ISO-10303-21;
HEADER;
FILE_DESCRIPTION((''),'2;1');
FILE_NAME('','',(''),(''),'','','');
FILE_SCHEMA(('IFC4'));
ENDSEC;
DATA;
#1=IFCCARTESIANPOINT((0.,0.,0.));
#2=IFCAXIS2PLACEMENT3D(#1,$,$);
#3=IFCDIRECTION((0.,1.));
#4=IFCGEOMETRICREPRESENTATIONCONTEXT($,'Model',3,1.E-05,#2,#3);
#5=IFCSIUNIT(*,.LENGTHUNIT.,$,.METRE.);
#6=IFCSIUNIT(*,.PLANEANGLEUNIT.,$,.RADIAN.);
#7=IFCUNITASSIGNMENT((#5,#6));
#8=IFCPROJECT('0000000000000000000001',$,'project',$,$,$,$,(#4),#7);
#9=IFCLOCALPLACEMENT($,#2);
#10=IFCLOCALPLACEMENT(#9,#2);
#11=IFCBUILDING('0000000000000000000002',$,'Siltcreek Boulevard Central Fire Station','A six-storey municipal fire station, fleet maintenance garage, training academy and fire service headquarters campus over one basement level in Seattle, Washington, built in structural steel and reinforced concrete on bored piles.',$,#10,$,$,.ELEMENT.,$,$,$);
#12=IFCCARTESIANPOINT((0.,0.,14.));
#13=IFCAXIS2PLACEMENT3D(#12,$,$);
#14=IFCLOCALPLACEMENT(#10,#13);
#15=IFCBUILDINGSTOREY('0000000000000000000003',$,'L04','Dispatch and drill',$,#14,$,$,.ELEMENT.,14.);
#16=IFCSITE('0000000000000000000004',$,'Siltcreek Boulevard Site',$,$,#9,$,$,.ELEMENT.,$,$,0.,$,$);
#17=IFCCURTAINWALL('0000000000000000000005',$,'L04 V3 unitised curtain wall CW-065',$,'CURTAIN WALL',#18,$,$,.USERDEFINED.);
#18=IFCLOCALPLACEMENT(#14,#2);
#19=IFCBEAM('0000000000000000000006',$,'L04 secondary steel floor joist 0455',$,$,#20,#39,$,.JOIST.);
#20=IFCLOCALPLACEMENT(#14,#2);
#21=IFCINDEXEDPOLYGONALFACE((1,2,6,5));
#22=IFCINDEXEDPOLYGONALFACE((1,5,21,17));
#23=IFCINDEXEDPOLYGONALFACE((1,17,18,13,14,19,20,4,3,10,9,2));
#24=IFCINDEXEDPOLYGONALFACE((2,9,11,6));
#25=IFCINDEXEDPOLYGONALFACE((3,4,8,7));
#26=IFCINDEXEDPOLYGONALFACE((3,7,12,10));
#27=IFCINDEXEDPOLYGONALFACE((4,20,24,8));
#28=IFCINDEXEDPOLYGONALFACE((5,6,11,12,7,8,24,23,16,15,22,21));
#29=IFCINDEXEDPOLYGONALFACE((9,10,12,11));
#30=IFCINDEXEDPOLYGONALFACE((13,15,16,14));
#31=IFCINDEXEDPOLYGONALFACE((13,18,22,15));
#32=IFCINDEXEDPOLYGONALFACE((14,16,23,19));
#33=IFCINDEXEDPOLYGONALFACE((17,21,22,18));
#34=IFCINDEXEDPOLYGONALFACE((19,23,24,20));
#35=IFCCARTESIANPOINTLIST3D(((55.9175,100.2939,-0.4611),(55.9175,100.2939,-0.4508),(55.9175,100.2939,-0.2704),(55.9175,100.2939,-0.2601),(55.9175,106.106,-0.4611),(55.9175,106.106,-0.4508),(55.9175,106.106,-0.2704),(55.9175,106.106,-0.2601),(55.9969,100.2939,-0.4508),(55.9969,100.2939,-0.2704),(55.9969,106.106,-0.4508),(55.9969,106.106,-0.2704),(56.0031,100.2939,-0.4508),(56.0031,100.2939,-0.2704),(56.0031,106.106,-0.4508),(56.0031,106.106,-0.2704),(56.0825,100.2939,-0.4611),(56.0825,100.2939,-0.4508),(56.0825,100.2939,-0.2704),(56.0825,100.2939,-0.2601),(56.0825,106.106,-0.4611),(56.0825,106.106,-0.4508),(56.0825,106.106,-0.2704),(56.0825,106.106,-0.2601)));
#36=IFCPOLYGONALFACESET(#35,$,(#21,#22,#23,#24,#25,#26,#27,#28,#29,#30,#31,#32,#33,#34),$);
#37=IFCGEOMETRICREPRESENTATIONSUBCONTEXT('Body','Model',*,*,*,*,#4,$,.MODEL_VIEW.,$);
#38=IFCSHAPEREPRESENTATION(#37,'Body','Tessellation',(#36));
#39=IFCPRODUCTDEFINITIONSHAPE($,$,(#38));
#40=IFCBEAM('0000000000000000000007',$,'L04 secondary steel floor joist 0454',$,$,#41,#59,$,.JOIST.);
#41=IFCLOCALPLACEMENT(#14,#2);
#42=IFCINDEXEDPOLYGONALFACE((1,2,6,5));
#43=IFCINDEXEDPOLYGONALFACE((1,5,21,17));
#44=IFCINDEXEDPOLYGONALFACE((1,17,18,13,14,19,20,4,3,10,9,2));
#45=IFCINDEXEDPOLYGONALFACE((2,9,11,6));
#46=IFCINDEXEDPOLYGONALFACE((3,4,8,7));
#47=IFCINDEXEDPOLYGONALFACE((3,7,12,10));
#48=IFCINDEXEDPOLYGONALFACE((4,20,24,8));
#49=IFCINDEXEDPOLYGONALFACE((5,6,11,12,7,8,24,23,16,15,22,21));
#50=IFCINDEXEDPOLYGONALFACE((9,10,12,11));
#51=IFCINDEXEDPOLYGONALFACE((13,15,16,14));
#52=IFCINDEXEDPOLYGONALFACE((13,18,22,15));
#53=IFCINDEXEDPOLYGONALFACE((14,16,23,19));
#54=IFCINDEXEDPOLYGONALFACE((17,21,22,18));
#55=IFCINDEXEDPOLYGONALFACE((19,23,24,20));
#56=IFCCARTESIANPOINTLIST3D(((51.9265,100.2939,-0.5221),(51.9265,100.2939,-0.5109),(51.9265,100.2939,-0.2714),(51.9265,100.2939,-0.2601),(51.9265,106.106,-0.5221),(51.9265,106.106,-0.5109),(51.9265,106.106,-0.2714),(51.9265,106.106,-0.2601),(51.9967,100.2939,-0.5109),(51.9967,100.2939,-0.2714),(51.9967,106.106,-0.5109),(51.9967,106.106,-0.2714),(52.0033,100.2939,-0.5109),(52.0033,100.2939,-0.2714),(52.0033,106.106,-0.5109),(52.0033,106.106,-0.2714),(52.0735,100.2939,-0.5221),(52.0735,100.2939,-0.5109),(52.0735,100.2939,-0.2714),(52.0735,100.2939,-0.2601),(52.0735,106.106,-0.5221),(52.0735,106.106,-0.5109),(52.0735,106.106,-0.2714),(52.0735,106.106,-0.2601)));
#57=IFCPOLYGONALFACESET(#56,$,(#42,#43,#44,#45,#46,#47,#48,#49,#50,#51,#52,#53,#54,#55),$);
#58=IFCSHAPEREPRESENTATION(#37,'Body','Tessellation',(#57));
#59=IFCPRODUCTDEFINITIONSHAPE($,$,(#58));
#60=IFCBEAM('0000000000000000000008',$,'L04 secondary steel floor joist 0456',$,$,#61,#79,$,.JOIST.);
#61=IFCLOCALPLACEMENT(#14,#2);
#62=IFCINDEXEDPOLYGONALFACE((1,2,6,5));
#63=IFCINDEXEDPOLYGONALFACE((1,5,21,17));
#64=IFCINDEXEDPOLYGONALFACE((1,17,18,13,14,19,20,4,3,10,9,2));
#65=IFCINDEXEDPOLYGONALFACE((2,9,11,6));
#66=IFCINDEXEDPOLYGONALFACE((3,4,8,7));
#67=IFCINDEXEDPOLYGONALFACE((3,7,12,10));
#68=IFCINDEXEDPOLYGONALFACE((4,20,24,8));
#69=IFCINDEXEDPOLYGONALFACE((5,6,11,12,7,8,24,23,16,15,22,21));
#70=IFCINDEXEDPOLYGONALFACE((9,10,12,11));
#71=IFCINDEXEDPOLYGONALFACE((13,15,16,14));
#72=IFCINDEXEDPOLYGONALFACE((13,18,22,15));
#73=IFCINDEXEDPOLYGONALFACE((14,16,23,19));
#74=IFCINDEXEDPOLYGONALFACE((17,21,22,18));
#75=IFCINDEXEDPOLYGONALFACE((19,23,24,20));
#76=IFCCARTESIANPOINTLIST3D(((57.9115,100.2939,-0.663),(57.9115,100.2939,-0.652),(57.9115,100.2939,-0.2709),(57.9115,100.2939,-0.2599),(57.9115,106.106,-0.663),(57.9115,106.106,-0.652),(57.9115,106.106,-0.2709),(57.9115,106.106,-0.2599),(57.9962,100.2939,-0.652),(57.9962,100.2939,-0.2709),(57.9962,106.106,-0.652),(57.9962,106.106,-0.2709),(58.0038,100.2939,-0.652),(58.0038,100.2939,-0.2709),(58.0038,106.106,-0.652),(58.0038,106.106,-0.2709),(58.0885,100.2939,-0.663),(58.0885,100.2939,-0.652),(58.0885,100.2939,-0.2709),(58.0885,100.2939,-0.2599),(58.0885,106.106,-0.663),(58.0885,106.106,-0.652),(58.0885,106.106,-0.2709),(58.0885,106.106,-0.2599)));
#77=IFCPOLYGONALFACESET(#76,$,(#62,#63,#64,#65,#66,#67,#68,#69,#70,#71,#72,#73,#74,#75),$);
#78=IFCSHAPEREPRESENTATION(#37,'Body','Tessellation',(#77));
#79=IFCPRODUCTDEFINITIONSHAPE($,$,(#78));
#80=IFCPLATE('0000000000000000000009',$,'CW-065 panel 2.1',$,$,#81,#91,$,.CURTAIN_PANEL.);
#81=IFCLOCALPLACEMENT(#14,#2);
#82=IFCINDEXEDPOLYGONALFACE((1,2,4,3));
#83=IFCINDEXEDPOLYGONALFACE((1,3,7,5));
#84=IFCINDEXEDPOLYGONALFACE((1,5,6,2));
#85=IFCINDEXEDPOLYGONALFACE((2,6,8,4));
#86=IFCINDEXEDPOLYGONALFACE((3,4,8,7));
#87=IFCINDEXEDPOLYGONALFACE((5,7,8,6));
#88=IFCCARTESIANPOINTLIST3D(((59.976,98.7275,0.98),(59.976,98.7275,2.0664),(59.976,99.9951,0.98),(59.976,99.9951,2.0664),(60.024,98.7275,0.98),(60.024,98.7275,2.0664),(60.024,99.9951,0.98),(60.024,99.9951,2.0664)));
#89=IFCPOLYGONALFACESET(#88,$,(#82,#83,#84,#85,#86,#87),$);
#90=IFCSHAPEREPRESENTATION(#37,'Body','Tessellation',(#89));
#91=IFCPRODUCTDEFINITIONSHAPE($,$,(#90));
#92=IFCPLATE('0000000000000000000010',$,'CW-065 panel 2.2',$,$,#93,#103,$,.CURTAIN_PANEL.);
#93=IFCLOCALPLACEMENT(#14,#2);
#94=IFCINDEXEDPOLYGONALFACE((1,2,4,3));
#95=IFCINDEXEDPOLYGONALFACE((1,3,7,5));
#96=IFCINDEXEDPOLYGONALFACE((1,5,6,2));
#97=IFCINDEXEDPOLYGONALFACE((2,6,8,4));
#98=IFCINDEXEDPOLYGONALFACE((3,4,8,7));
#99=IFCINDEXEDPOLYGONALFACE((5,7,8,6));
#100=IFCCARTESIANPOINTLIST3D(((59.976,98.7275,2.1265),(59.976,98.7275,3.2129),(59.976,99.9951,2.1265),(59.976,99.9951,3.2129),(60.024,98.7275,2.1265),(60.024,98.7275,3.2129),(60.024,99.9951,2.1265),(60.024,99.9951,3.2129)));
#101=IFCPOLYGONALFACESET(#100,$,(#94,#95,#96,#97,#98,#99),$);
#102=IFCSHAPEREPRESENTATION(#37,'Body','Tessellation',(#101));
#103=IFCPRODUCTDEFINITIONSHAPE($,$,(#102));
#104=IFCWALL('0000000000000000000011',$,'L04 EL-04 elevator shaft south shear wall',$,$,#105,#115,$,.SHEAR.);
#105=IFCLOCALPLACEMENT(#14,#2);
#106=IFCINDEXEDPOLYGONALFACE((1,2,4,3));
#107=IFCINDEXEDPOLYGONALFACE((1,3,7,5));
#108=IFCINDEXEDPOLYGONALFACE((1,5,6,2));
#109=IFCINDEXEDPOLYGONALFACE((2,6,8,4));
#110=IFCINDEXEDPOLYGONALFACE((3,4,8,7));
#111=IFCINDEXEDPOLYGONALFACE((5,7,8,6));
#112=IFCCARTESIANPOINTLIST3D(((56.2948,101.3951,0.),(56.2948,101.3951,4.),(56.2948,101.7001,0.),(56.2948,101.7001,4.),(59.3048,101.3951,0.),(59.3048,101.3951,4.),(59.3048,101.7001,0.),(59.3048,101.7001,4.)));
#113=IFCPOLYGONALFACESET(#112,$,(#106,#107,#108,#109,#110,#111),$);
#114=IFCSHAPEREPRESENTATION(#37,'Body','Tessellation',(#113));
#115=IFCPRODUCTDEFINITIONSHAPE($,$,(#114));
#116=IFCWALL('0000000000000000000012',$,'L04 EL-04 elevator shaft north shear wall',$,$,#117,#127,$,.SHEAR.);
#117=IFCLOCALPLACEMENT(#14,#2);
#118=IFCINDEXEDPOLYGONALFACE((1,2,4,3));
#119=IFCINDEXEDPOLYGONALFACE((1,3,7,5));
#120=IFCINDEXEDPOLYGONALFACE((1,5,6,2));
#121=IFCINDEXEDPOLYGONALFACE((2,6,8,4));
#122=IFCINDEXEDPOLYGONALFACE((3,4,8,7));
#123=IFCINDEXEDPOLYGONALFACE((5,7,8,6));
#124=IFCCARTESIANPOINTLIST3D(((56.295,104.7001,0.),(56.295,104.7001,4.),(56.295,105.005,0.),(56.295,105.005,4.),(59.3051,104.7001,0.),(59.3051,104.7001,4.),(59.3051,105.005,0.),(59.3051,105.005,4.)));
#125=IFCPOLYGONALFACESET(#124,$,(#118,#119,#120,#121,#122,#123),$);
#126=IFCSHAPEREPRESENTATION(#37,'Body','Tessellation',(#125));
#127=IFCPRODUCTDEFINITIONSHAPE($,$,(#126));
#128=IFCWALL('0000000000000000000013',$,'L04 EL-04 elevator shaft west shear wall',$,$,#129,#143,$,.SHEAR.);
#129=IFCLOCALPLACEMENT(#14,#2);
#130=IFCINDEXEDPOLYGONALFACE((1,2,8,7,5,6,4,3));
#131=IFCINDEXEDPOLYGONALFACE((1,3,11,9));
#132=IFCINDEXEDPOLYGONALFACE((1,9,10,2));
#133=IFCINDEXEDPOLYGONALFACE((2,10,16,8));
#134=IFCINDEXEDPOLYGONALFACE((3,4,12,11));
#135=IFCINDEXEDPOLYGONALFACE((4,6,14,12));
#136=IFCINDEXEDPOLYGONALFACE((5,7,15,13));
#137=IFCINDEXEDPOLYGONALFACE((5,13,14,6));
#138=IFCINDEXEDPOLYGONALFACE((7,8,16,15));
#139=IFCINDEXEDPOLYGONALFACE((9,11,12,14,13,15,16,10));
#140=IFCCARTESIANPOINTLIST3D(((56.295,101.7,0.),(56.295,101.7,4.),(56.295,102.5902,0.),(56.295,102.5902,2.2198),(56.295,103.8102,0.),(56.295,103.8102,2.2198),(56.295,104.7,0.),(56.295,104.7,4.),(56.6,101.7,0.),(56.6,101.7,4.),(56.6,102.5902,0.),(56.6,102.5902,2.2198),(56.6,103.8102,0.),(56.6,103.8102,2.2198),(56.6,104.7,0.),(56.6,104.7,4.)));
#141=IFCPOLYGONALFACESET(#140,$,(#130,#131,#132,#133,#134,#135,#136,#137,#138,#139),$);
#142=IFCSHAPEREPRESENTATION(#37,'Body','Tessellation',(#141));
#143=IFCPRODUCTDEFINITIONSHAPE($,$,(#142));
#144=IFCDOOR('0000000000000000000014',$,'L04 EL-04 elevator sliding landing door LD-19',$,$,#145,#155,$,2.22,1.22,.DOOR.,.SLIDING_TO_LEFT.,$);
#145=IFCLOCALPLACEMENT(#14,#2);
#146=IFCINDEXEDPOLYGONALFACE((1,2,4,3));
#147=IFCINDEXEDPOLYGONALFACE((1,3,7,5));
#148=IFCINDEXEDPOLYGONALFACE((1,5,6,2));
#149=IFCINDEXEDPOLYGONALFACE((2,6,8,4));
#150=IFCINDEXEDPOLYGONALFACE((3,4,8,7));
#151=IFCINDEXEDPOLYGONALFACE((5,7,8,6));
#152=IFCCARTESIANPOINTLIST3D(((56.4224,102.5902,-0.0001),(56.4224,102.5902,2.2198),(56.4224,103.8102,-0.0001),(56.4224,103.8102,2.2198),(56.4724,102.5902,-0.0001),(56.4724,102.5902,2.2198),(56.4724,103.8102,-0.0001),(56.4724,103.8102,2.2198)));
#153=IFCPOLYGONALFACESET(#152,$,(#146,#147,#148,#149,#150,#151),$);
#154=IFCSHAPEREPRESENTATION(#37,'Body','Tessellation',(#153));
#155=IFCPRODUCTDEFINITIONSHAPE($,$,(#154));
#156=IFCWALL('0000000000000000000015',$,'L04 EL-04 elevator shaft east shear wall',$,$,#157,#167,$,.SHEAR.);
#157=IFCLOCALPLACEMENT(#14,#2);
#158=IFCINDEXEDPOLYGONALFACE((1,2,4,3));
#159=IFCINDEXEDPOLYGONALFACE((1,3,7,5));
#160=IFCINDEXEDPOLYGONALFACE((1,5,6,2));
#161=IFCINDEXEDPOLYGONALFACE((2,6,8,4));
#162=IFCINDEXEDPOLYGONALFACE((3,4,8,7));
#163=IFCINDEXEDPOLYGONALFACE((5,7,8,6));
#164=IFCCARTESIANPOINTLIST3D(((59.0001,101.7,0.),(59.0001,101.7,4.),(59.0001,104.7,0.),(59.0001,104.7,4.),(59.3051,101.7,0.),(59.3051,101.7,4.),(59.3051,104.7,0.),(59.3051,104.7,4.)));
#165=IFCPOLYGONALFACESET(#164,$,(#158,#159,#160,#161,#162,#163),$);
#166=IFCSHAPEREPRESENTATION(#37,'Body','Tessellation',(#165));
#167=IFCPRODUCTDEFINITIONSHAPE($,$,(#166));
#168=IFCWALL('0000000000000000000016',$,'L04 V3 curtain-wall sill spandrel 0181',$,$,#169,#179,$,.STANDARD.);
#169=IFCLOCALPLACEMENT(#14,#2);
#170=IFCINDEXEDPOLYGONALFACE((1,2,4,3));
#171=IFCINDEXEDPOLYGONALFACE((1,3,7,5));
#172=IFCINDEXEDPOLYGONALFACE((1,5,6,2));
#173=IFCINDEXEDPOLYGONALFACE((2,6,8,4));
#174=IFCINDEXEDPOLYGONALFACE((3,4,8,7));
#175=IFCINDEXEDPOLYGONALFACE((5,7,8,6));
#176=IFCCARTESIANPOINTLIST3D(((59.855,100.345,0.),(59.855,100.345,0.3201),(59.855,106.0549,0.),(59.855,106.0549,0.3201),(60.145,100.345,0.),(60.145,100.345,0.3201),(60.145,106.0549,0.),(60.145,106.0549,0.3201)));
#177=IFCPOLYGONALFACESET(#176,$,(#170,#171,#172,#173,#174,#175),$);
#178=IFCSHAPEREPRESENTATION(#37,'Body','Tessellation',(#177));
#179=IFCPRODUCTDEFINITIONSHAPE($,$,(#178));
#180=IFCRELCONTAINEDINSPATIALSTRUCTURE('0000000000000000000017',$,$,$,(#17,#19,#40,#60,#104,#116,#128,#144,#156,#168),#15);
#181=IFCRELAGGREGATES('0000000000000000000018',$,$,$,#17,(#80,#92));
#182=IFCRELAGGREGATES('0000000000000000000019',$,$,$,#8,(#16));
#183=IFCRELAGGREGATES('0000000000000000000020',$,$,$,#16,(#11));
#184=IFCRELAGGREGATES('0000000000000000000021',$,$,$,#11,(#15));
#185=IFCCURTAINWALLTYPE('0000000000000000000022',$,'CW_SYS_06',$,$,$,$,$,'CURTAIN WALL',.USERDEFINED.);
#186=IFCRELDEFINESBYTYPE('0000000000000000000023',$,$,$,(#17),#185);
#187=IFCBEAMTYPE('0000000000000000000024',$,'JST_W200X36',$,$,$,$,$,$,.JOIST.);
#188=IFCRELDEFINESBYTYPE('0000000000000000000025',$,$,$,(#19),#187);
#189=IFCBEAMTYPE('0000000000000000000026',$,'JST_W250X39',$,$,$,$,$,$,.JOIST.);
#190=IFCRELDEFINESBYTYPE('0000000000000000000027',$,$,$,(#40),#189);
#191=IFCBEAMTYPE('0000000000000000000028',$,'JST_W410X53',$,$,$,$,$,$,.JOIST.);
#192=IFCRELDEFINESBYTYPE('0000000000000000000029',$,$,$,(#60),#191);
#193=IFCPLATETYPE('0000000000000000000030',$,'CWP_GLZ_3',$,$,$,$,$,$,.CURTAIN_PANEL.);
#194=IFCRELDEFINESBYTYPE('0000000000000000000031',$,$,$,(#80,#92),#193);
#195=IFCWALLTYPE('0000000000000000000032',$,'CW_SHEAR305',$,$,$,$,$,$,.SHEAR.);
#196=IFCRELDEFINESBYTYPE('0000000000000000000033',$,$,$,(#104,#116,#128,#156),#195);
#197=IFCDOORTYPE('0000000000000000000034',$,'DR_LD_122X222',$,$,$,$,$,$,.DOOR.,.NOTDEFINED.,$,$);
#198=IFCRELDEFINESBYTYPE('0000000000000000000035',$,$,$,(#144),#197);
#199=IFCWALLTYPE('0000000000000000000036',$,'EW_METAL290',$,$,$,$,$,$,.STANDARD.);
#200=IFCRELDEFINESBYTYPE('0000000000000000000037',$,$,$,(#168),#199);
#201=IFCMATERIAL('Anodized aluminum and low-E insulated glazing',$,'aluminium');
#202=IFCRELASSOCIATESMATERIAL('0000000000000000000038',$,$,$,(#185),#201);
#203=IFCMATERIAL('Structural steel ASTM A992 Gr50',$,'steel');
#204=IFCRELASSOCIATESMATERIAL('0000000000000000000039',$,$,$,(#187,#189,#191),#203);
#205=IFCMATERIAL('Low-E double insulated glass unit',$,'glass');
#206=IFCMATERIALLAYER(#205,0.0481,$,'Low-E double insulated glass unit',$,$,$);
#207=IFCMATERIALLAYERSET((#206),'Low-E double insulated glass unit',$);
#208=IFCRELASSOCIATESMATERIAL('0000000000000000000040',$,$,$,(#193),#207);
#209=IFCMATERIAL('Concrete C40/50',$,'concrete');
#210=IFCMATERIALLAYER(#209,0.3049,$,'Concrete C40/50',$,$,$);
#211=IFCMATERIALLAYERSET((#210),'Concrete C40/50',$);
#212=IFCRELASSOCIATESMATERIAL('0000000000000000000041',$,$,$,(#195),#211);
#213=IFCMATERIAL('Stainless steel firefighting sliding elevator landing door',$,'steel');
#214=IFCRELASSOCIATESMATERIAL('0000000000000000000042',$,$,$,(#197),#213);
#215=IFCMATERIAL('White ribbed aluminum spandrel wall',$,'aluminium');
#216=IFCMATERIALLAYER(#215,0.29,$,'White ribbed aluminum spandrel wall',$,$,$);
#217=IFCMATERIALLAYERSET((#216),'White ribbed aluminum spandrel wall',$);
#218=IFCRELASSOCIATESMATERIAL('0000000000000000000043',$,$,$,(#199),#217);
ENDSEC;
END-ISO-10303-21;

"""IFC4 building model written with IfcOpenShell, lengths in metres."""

from ifc_helpers import new_model, si_unit, direction, frame, frame_2d, origin, origin_2d, place, context, subcontext, project, spatial, rectangle, i_section, extrude, material, layer, layer_set, material_profile, profile_set, type_object, element, fill, aggregate, save


model = new_model("IFC4")

# Units and contexts
model_context = context("Model", 3, precision=1e-05, world=origin(), true_north=direction((0.0, 1.0)))
body_context = subcontext(model_context, "Body", "Model", "MODEL_VIEW")
ifc_project = project(units=[si_unit("LENGTHUNIT", "METRE"), si_unit("PLANEANGLEUNIT", "RADIAN")], contexts=[model_context])

# Site, building, storey
site_placement = place(None, origin())
site = spatial("IfcSite", under=ifc_project, at=site_placement, Name="Siltcreek Boulevard Site", CompositionType="ELEMENT", RefElevation=0.0)
building_placement = place(site_placement, origin())
building = spatial("IfcBuilding", under=site, at=building_placement, Name="Siltcreek Boulevard Central Fire Station", Description="A six-storey municipal fire station, fleet maintenance garage, training academy and fire service headquarters campus over one basement level in Seattle, Washington, built in structural steel and reinforced concrete on bored piles.", CompositionType="ELEMENT")
storey_placement = place(building_placement, frame((0.0, 0.0, 14.0)))
storey = spatial("IfcBuildingStorey", under=building, at=storey_placement, Name="L04", Description="Dispatch and drill", CompositionType="ELEMENT", Elevation=14.0)

# Shared definitions
ifc_material_1 = material(Name="Structural steel ASTM A992 Gr50", Category="steel")

# Curtain wall
ifc_material_2 = material(Name="Anodized aluminum and low-E insulated glazing", Category="aluminium")
curtain_wall_type = type_object("IfcCurtainWallType", Name="CW_SYS_06", ElementType="CURTAIN WALL", PredefinedType="USERDEFINED", material=ifc_material_2)
curtain_wall_placement = place(storey_placement, origin())
curtain_wall = element("IfcCurtainWall", 1, at=curtain_wall_placement, inside=storey, type_object=curtain_wall_type, Name="L04 V3 unitised curtain wall CW-065", ObjectType="CURTAIN WALL", PredefinedType="USERDEFINED")

# Beams
ifc_material_profile_1 = material_profile(ifc_material_1, i_section(OverallWidth=0.165, OverallDepth=0.2009, WebThickness=0.0061, FlangeThickness=0.0103, at=origin_2d()), Name="W200X36")
ifc_profile_set_1 = profile_set([ifc_material_profile_1], Name="Structural steel ASTM A992 Gr50")
beam_type_1 = type_object("IfcBeamType", Name="JST_W200X36", PredefinedType="JOIST", material=ifc_profile_set_1)
beam_1_placement = place(storey_placement, frame((56.0, 100.2939, -0.3606), z_axis=(0.0, 1.0, 0.0), x_axis=(-1.0, 0.0, 0.0)))
element("IfcBeam", 2, at=beam_1_placement, inside=storey, type_object=beam_type_1, Name="L04 secondary steel floor joist 0455", PredefinedType="JOIST", context=body_context, shape_type="SweptSolid", body=[
    extrude(i_section(OverallWidth=0.165, OverallDepth=0.2009, WebThickness=0.0061, FlangeThickness=0.0103, at=origin_2d()), origin(), (0.0, 0.0, 1.0), 5.812),
])
ifc_material_profile_2 = material_profile(ifc_material_1, i_section(OverallWidth=0.147, OverallDepth=0.262, WebThickness=0.0066, FlangeThickness=0.0112, at=origin_2d()), Name="W250X39")
ifc_profile_set_2 = profile_set([ifc_material_profile_2], Name="Structural steel ASTM A992 Gr50")
beam_type_2 = type_object("IfcBeamType", Name="JST_W250X39", PredefinedType="JOIST", material=ifc_profile_set_2)
beam_2_placement = place(storey_placement, frame((52.0, 100.2939, -0.3911), z_axis=(0.0, 1.0, 0.0), x_axis=(-1.0, 0.0, 0.0)))
element("IfcBeam", 3, at=beam_2_placement, inside=storey, type_object=beam_type_2, Name="L04 secondary steel floor joist 0454", PredefinedType="JOIST", context=body_context, shape_type="SweptSolid", body=[
    extrude(i_section(OverallWidth=0.147, OverallDepth=0.262, WebThickness=0.0066, FlangeThickness=0.0112, at=origin_2d()), origin(), (0.0, 0.0, 1.0), 5.812),
])
ifc_material_profile_3 = material_profile(ifc_material_1, i_section(OverallWidth=0.177, OverallDepth=0.4031, WebThickness=0.0076, FlangeThickness=0.011, at=origin_2d()), Name="W410X53")
ifc_profile_set_3 = profile_set([ifc_material_profile_3], Name="Structural steel ASTM A992 Gr50")
beam_type_3 = type_object("IfcBeamType", Name="JST_W410X53", PredefinedType="JOIST", material=ifc_profile_set_3)
beam_3_placement = place(storey_placement, frame((58.0, 100.2939, -0.4614), z_axis=(0.0, 1.0, 0.0), x_axis=(-1.0, 0.0, 0.0)))
element("IfcBeam", 4, at=beam_3_placement, inside=storey, type_object=beam_type_3, Name="L04 secondary steel floor joist 0456", PredefinedType="JOIST", context=body_context, shape_type="SweptSolid", body=[
    extrude(i_section(OverallWidth=0.177, OverallDepth=0.4031, WebThickness=0.0076, FlangeThickness=0.011, at=origin_2d()), origin(), (0.0, 0.0, 1.0), 5.812),
])

# Plates
ifc_material_3 = material(Name="Low-E double insulated glass unit", Category="glass")
ifc_layer_1 = layer(ifc_material_3, 0.0481, Name="Low-E double insulated glass unit")
ifc_layer_set_1 = layer_set([ifc_layer_1], Name="Low-E double insulated glass unit")
plate_type = type_object("IfcPlateType", Name="CWP_GLZ_3", PredefinedType="CURTAIN_PANEL", material=ifc_layer_set_1)
plate_1_placement = place(storey_placement, frame((60.0, 99.3613, 0.98), z_axis=(0.0, 0.0, 1.0), x_axis=(0.0, 1.0, 0.0)))
plate_1 = element("IfcPlate", 5, at=plate_1_placement, type_object=plate_type, Name="CW-065 panel 2.1", PredefinedType="CURTAIN_PANEL", context=body_context, shape_type="SweptSolid", body=[
    extrude(rectangle(XDim=1.2676, YDim=0.0481, at=origin_2d()), origin(), (0.0, 0.0, 1.0), 1.0864),
])
plate_2_placement = place(storey_placement, frame((60.0, 99.3613, 2.1265), z_axis=(0.0, 0.0, 1.0), x_axis=(0.0, 1.0, 0.0)))
plate_2 = element("IfcPlate", 6, at=plate_2_placement, type_object=plate_type, Name="CW-065 panel 2.2", PredefinedType="CURTAIN_PANEL", context=body_context, shape_type="SweptSolid", body=[
    extrude(rectangle(XDim=1.2676, YDim=0.0481, at=origin_2d()), origin(), (0.0, 0.0, 1.0), 1.0864),
])
aggregate(curtain_wall, [plate_1, plate_2])

# Walls
ifc_material_4 = material(Name="Concrete C40/50", Category="concrete")
ifc_layer_2 = layer(ifc_material_4, 0.3049, Name="Concrete C40/50")
ifc_layer_set_2 = layer_set([ifc_layer_2], Name="Concrete C40/50")
wall_type_1 = type_object("IfcWallType", Name="CW_SHEAR305", PredefinedType="SHEAR", material=ifc_layer_set_2)
for number, where, z_axis, x_axis, name in (
    (7, (56.2949, 101.5476, 0.0), (0.0, 0.0, 1.0), (1.0, 0.0, 0.0), "L04 EL-04 elevator shaft south shear wall"),
    (8, (59.3049, 104.8525, 0.0), (0.0, 0.0, 1.0), (-1.0, 0.0, 0.0), "L04 EL-04 elevator shaft north shear wall"),
):
    element("IfcWall", number, at=place(storey_placement, frame(where, z_axis=z_axis, x_axis=x_axis)), inside=storey, type_object=wall_type_1, Name=name, PredefinedType="SHEAR", context=body_context, shape_type="SweptSolid", body=[
        extrude(rectangle(XDim=3.01, YDim=0.3049, at=frame_2d((1.5049, 0.0))), origin(), (0.0, 0.0, 1.0), 4.0),
    ])

# Wall, opening, door
wall_1_placement = place(storey_placement, frame((56.4475, 104.7, 0.0), z_axis=(0.0, 0.0, 1.0), x_axis=(0.0, -1.0, 0.0)))
wall_1 = element("IfcWall", 9, at=wall_1_placement, inside=storey, type_object=wall_type_1, Name="L04 EL-04 elevator shaft west shear wall", PredefinedType="SHEAR", context=body_context, shape_type="SweptSolid", body=[
    extrude(rectangle(XDim=3.0, YDim=0.3049, at=frame_2d((1.5, 0.0))), origin(), (0.0, 0.0, 1.0), 4.0),
])
opening_1_placement = place(wall_1_placement, frame((0.8899, 0.0, 0.0)))
opening_1 = element("IfcOpeningElement", 10, at=opening_1_placement, cuts=wall_1, PredefinedType="OPENING", context=body_context, shape_type="SweptSolid", body=[
    extrude(rectangle(XDim=1.22, YDim=2.22, at=frame_2d((0.6099, 1.1099))), frame((0.0, 0.1624, 0.0), z_axis=(0.0, -1.0, 0.0), x_axis=(1.0, 0.0, 0.0)), (0.0, 0.0, 1.0), 0.325),
])
ifc_material_5 = material(Name="Stainless steel firefighting sliding elevator landing door", Category="steel")
door_type_1 = type_object("IfcDoorType", Name="DR_LD_122X222", OperationType="NOTDEFINED", PredefinedType="DOOR", material=ifc_material_5)
door_1_placement = place(opening_1_placement, origin())
door_1 = element("IfcDoor", 11, at=door_1_placement, inside=storey, type_object=door_type_1, Name="L04 EL-04 elevator sliding landing door LD-19", OperationType="SLIDING_TO_LEFT", OverallHeight=2.22, OverallWidth=1.22, PredefinedType="DOOR", context=body_context, shape_type="SweptSolid", body=[
    extrude(rectangle(XDim=1.22, YDim=2.22, at=frame_2d((0.6099, 1.1099))), frame((0.0, 0.0249, 0.0), z_axis=(0.0, -1.0, 0.0), x_axis=(1.0, 0.0, 0.0)), (0.0, 0.0, 1.0), 0.05),
])
fill(opening_1, door_1)

# Walls
wall_2_placement = place(storey_placement, frame((59.1526, 101.7, 0.0), z_axis=(0.0, 0.0, 1.0), x_axis=(0.0, 1.0, 0.0)))
element("IfcWall", 12, at=wall_2_placement, inside=storey, type_object=wall_type_1, Name="L04 EL-04 elevator shaft east shear wall", PredefinedType="SHEAR", context=body_context, shape_type="SweptSolid", body=[
    extrude(rectangle(XDim=3.0, YDim=0.3049, at=frame_2d((1.5, 0.0))), origin(), (0.0, 0.0, 1.0), 4.0),
])
ifc_material_6 = material(Name="White ribbed aluminum spandrel wall", Category="aluminium")
ifc_layer_3 = layer(ifc_material_6, 0.29, Name="White ribbed aluminum spandrel wall")
ifc_layer_set_3 = layer_set([ifc_layer_3], Name="White ribbed aluminum spandrel wall")
wall_type_2 = type_object("IfcWallType", Name="EW_METAL290", PredefinedType="STANDARD", material=ifc_layer_set_3)
wall_3_placement = place(storey_placement, frame((60.0, 100.345, 0.0), z_axis=(0.0, 0.0, 1.0), x_axis=(0.0, 1.0, 0.0)))
element("IfcWall", 13, at=wall_3_placement, inside=storey, type_object=wall_type_2, Name="L04 V3 curtain-wall sill spandrel 0181", PredefinedType="STANDARD", context=body_context, shape_type="SweptSolid", body=[
    extrude(rectangle(XDim=5.71, YDim=0.29, at=frame_2d((2.855, 0.0))), origin(), (0.0, 0.0, 1.0), 0.3201),
])

save(model, "model.ifc")
